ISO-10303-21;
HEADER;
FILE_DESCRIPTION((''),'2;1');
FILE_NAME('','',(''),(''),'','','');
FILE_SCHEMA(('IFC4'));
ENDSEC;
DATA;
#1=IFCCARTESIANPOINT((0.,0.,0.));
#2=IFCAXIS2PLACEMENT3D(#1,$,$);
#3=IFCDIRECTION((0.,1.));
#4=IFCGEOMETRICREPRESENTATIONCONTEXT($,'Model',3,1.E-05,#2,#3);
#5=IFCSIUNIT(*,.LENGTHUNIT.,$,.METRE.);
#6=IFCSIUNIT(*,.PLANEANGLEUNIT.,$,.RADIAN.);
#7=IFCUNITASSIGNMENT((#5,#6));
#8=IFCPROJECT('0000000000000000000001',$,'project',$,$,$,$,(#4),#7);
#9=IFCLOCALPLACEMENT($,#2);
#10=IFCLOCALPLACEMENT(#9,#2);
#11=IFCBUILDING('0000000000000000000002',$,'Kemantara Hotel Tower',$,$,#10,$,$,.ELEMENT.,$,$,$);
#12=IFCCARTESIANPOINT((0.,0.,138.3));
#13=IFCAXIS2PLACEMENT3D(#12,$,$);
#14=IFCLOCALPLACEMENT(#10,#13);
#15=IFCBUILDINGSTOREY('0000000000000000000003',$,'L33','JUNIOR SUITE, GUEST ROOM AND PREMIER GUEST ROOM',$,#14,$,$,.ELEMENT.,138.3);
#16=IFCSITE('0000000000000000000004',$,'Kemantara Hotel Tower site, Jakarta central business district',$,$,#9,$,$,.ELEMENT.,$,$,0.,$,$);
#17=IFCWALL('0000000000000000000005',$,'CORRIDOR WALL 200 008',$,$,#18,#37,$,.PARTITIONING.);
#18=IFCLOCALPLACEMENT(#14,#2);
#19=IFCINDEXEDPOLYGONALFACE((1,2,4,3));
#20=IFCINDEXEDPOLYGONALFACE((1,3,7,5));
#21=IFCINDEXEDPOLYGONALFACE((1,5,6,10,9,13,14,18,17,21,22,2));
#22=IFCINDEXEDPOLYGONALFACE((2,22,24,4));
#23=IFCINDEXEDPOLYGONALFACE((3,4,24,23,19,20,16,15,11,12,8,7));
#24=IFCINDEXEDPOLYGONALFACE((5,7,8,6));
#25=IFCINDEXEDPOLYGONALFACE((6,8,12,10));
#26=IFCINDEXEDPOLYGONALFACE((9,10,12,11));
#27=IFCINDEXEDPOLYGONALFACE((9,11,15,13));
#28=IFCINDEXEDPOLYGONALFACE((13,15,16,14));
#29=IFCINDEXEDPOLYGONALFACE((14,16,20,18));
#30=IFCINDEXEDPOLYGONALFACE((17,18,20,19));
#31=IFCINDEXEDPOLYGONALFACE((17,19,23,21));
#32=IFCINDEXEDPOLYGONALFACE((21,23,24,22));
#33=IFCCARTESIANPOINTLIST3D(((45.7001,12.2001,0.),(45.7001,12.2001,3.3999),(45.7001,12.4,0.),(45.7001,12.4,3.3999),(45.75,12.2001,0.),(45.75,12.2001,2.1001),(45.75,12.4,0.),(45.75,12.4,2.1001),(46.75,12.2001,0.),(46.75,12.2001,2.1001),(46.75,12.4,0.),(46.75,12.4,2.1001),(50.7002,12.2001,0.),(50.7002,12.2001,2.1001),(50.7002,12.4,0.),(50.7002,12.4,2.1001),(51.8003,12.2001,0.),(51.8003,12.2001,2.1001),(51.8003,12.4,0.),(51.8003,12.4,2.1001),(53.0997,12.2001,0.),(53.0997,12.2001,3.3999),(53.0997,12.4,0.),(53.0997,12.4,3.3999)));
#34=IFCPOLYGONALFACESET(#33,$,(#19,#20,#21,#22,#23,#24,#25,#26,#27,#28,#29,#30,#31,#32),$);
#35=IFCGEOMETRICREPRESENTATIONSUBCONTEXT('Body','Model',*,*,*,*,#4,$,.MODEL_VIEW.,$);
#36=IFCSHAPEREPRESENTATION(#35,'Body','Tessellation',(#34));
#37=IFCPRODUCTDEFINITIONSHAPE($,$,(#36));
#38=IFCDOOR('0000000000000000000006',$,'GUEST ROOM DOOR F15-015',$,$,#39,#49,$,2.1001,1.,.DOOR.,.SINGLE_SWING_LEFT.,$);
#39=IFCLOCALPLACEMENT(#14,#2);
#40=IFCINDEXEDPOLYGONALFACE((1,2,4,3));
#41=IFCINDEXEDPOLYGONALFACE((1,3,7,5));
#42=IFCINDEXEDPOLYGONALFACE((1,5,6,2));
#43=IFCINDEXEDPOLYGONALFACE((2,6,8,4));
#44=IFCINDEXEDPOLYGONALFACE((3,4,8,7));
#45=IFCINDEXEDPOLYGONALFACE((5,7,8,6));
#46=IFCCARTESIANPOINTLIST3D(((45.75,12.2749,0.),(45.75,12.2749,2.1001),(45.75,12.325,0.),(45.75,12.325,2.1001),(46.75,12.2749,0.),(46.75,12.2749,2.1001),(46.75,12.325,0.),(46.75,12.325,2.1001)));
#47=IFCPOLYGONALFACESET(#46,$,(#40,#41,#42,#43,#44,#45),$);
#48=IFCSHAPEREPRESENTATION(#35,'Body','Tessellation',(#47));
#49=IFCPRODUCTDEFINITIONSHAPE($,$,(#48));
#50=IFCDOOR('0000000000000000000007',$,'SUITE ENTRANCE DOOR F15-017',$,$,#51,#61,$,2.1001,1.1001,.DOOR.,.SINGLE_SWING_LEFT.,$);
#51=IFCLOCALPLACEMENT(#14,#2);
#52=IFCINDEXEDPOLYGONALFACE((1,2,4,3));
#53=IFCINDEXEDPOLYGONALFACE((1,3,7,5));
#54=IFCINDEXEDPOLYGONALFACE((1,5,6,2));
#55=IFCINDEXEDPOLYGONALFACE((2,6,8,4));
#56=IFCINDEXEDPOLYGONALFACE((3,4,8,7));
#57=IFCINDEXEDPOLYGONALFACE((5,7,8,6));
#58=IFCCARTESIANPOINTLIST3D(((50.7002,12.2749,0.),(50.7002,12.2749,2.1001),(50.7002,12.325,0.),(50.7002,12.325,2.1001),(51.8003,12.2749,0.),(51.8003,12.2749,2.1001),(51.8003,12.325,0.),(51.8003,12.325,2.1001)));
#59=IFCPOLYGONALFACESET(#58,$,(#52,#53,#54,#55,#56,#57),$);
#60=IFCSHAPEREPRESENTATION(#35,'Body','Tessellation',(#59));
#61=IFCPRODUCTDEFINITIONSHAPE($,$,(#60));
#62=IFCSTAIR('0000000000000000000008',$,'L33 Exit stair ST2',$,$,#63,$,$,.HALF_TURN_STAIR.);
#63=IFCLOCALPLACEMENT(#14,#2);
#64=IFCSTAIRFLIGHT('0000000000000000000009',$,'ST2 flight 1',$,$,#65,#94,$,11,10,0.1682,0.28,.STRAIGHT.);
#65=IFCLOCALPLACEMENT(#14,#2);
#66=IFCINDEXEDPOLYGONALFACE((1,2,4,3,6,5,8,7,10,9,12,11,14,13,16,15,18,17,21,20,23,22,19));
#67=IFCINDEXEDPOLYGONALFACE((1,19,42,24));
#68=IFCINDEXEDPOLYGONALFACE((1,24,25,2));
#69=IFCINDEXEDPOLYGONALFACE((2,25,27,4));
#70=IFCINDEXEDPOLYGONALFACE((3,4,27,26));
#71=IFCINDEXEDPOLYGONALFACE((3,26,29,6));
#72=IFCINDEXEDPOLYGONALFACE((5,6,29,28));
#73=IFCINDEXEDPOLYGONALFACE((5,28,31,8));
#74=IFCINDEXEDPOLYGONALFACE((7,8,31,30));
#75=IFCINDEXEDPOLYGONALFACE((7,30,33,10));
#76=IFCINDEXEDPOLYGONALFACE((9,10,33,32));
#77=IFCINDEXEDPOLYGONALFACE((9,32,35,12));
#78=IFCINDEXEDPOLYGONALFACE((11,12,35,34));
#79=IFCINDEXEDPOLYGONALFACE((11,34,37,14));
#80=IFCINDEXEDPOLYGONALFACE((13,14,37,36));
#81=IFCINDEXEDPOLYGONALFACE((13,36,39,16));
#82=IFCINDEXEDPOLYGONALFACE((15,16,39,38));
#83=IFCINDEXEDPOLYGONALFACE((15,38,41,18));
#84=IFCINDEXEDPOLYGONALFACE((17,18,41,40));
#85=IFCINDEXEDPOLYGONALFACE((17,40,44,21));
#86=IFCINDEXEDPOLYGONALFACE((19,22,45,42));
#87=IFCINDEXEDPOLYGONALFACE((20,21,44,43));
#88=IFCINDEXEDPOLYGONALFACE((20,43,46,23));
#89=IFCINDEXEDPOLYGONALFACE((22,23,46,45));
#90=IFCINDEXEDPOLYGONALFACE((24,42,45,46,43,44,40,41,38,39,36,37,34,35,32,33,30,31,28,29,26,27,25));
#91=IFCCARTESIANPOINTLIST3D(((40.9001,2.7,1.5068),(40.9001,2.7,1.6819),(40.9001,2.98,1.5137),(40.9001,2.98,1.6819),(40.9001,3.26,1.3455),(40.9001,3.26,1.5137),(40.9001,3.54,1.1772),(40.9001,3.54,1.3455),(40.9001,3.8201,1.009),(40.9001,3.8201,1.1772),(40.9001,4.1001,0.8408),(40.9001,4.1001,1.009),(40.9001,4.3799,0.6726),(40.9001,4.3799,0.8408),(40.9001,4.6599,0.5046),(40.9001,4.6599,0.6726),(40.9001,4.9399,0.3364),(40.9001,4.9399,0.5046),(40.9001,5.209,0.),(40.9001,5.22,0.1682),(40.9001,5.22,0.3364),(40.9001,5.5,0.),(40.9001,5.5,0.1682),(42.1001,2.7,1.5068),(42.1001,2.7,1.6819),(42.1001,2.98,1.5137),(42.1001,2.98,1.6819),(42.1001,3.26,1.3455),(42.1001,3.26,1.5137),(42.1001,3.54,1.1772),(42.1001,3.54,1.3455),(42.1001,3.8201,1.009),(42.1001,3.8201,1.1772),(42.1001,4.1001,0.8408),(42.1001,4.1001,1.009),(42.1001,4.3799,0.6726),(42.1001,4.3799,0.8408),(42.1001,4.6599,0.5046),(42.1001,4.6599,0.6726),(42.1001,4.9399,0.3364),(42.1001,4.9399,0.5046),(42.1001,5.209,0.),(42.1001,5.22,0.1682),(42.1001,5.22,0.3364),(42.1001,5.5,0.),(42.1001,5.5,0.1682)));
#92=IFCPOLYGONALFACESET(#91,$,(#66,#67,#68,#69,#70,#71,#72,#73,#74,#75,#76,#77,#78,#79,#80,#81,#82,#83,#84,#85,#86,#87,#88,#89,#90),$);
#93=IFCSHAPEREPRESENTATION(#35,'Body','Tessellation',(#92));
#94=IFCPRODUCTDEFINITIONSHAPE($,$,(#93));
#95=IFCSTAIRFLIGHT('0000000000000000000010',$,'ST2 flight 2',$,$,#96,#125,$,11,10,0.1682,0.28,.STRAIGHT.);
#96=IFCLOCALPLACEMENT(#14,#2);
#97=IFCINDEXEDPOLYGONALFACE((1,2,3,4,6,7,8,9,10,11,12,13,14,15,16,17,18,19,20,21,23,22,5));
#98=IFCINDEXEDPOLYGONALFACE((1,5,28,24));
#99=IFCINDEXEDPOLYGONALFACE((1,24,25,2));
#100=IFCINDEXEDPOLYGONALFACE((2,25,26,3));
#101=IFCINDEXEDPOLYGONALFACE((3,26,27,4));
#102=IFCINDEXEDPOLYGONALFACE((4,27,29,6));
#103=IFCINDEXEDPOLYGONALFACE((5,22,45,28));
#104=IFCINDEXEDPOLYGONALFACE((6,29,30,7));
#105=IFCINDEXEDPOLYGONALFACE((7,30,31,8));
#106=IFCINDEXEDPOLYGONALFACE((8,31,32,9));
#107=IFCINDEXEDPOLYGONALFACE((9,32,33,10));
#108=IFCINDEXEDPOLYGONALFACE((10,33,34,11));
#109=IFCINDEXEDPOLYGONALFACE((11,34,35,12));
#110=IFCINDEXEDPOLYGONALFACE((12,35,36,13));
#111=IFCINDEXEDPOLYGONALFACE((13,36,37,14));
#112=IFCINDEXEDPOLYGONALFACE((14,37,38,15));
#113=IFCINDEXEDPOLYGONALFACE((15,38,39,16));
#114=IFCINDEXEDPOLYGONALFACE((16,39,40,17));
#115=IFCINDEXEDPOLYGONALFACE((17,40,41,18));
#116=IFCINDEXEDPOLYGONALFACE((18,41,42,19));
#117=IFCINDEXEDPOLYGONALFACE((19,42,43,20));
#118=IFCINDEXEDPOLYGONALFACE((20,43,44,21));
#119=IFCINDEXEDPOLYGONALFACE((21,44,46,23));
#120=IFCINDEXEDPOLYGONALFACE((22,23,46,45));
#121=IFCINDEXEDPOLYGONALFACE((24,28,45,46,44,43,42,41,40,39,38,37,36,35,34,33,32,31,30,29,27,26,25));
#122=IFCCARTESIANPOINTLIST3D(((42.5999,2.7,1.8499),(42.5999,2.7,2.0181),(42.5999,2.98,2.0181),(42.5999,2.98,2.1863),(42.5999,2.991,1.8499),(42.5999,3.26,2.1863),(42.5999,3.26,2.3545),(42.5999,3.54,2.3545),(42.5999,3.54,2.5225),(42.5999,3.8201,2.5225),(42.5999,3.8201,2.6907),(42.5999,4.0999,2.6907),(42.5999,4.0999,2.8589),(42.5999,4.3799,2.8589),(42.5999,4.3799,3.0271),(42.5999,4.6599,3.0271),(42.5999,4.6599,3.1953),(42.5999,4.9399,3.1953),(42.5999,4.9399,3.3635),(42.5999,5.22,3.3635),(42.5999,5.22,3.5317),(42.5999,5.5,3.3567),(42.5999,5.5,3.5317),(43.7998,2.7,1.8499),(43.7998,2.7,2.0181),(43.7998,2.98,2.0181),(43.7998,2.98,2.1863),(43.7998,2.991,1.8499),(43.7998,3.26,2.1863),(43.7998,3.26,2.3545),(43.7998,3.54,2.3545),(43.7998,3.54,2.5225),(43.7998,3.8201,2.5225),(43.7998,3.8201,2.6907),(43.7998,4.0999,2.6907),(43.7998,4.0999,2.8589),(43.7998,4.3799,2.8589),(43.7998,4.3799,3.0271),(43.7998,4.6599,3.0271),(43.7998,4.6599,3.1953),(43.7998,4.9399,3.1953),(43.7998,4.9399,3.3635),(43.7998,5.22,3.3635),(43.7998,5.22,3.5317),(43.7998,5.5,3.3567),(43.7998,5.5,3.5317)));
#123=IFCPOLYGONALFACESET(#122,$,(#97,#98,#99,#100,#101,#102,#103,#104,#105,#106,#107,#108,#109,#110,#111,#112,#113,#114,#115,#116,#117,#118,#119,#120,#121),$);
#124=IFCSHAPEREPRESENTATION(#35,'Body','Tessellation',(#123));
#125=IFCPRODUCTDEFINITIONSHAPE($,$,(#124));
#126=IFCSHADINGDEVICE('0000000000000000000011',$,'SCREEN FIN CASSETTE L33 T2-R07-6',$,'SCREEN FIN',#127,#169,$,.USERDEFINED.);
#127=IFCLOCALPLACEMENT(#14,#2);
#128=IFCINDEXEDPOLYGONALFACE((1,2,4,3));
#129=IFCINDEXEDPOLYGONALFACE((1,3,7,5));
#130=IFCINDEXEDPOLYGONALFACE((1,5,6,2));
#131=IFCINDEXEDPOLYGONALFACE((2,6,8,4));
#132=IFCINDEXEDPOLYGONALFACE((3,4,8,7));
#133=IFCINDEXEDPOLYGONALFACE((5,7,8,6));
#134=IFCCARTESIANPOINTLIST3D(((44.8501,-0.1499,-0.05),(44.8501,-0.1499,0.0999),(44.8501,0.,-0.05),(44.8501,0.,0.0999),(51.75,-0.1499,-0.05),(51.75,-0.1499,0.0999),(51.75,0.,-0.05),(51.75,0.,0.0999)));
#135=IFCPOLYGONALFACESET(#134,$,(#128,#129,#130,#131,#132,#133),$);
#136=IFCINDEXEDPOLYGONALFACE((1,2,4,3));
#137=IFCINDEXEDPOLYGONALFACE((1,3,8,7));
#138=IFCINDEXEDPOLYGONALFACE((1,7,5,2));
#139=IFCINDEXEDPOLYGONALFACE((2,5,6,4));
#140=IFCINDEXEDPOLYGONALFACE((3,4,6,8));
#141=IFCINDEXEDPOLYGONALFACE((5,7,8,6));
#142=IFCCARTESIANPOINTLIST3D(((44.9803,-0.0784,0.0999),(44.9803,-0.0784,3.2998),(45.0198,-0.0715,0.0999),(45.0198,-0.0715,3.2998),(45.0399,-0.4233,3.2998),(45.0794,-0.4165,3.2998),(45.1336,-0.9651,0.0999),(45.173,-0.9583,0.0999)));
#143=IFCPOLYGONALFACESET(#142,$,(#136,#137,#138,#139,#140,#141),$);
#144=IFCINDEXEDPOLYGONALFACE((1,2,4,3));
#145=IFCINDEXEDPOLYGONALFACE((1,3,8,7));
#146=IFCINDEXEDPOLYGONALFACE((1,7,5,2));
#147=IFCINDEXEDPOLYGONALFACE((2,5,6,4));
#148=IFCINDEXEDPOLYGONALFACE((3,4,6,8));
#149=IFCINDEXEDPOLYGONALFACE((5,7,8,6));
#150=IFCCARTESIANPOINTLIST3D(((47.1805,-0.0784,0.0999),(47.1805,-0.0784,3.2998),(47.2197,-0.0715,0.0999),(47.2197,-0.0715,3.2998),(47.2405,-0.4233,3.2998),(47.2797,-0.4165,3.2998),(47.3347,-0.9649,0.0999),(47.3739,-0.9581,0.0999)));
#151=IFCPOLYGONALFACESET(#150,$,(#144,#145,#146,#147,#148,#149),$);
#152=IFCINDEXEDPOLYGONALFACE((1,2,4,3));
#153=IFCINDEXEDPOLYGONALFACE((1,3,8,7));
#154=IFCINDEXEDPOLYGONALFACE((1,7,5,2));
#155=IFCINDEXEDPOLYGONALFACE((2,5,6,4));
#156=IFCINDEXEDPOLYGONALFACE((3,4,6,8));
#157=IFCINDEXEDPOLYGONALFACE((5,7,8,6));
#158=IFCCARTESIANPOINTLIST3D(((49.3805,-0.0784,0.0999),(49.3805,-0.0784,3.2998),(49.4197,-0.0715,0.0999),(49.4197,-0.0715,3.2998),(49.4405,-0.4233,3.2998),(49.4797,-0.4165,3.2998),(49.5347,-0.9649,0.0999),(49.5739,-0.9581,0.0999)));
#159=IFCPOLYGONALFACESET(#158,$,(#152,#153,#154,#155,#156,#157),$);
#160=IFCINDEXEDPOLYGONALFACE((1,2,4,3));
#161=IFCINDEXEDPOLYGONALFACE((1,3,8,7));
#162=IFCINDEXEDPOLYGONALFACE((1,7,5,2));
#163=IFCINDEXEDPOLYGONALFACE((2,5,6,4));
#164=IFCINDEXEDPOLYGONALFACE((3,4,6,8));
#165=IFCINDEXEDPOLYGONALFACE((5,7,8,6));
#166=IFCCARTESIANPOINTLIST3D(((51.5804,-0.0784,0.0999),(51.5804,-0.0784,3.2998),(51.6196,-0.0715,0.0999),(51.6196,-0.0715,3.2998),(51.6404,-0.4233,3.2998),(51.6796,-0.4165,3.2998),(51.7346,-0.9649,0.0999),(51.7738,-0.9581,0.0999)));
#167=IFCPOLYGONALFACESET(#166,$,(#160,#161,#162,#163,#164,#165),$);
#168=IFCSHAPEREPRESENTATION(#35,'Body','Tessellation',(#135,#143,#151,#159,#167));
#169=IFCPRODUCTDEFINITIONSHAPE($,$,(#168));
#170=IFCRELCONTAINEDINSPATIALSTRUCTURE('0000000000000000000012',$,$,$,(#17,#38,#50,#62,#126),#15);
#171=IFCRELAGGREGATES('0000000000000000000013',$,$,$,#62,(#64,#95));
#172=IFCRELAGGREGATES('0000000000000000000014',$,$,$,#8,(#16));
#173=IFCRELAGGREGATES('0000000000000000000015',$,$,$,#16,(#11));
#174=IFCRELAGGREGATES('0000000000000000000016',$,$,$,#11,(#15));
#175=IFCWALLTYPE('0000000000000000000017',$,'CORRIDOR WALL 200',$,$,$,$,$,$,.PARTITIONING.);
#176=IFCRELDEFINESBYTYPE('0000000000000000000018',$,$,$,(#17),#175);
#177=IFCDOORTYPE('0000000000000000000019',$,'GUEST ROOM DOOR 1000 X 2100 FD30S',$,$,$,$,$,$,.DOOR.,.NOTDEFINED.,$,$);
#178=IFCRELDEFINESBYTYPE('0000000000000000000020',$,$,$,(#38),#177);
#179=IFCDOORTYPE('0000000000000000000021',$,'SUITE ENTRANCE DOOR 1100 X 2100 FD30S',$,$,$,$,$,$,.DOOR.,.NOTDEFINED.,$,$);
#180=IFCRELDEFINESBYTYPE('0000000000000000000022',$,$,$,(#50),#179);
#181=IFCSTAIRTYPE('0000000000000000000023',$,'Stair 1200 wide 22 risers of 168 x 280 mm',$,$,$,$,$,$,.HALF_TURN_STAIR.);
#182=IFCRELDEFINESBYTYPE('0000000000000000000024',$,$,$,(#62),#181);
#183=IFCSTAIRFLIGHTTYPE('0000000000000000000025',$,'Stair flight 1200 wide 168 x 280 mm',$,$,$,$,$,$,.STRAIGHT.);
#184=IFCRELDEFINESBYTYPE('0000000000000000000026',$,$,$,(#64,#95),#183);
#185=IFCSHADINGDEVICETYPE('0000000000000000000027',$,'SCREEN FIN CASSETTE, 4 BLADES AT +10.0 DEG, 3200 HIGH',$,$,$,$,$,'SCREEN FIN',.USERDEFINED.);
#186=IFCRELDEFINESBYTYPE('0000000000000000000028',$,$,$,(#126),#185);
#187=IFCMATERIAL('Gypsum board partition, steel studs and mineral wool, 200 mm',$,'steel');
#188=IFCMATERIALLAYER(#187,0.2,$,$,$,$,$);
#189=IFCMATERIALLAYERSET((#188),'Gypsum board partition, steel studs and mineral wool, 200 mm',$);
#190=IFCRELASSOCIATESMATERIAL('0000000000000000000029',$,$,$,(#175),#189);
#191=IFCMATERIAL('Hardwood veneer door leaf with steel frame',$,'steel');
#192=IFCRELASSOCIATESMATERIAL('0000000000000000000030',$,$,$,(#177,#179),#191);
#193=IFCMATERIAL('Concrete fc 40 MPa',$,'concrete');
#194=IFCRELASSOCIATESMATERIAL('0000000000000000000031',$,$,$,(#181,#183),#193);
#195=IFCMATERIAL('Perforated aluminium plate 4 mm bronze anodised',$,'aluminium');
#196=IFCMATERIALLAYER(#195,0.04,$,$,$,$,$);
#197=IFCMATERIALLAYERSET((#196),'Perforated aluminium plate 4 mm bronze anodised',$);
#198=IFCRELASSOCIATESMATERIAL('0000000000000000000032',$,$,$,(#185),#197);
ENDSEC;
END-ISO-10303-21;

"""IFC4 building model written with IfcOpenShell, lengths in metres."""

from ifc_helpers import new_model, si_unit, direction, frame, frame_2d, origin, origin_2d, place, context, subcontext, project, spatial, polyline, rectangle, outline, extrude, source, transform, mapped, material, layer, layer_set, type_object, element, fill, aggregate, save


model = new_model("IFC4")

# Units and contexts
model_context = context("Model", 3, precision=1e-05, world=origin(), true_north=direction((0.0, 1.0)))
body_context = subcontext(model_context, "Body", "Model", "MODEL_VIEW")
ifc_project = project(units=[si_unit("LENGTHUNIT", "METRE"), si_unit("PLANEANGLEUNIT", "RADIAN")], contexts=[model_context])

# Site, building, storey
site_placement = place(None, origin())
site = spatial("IfcSite", under=ifc_project, at=site_placement, Name="Kemantara Hotel Tower site, Jakarta central business district", CompositionType="ELEMENT", RefElevation=0.0)
building_placement = place(site_placement, origin())
building = spatial("IfcBuilding", under=site, at=building_placement, Name="Kemantara Hotel Tower", CompositionType="ELEMENT")
storey_placement = place(building_placement, frame((0.0, 0.0, 138.3)))
storey = spatial("IfcBuildingStorey", under=building, at=storey_placement, Name="L33", Description="JUNIOR SUITE, GUEST ROOM AND PREMIER GUEST ROOM", CompositionType="ELEMENT", Elevation=138.3)

# Wall, openings, doors
ifc_material_1 = material(Name="Gypsum board partition, steel studs and mineral wool, 200 mm", Category="steel")
ifc_layer_1 = layer(ifc_material_1, 0.2)
ifc_layer_set_1 = layer_set([ifc_layer_1], Name="Gypsum board partition, steel studs and mineral wool, 200 mm")
wall_type_1 = type_object("IfcWallType", Name="CORRIDOR WALL 200", PredefinedType="PARTITIONING", material=ifc_layer_set_1)
wall_1_placement = place(storey_placement, frame((45.7002, 12.3, 0.0), z_axis=(0.0, 0.0, 1.0), x_axis=(1.0, 0.0, 0.0)))
wall_1 = element("IfcWall", 1, at=wall_1_placement, inside=storey, type_object=wall_type_1, Name="CORRIDOR WALL 200 008", PredefinedType="PARTITIONING", context=body_context, shape_type="SweptSolid", body=[
    extrude(rectangle(XDim=7.3997, YDim=0.2, at=frame_2d((3.6997, 0.0))), origin(), (0.0, 0.0, 1.0), 3.3999),
])
opening_1_placement = place(wall_1_placement, frame((0.0498, 0.0, 0.0)))
opening_1 = element("IfcOpeningElement", 2, at=opening_1_placement, cuts=wall_1, PredefinedType="OPENING", context=body_context, shape_type="SweptSolid", body=[
    extrude(rectangle(XDim=1.0, YDim=2.1001, at=frame_2d((0.5, 1.05))), frame((0.0, 0.1099, 0.0), z_axis=(0.0, -1.0, 0.0), x_axis=(1.0, 0.0, 0.0)), (0.0, 0.0, 1.0), 0.22),
])
opening_2_placement = place(wall_1_placement, frame((5.0, 0.0, 0.0)))
opening_2 = element("IfcOpeningElement", 3, at=opening_2_placement, cuts=wall_1, PredefinedType="OPENING", context=body_context, shape_type="SweptSolid", body=[
    extrude(rectangle(XDim=1.1001, YDim=2.1001, at=frame_2d((0.55, 1.05))), frame((0.0, 0.1099, 0.0), z_axis=(0.0, -1.0, 0.0), x_axis=(1.0, 0.0, 0.0)), (0.0, 0.0, 1.0), 0.22),
])
ifc_material_2 = material(Name="Hardwood veneer door leaf with steel frame", Category="steel")
door_type_1 = type_object("IfcDoorType", Name="GUEST ROOM DOOR 1000 X 2100 FD30S", OperationType="NOTDEFINED", PredefinedType="DOOR", material=ifc_material_2)
door_1_placement = place(opening_1_placement, origin())
door_1 = element("IfcDoor", 4, at=door_1_placement, inside=storey, type_object=door_type_1, Name="GUEST ROOM DOOR F15-015", OperationType="SINGLE_SWING_LEFT", OverallHeight=2.1001, OverallWidth=1.0, PredefinedType="DOOR", context=body_context, shape_type="SweptSolid", body=[
    extrude(rectangle(XDim=1.0, YDim=2.1001, at=frame_2d((0.5, 1.05))), frame((0.0, 0.0249, 0.0), z_axis=(0.0, -1.0, 0.0), x_axis=(1.0, 0.0, 0.0)), (0.0, 0.0, 1.0), 0.05),
])
fill(opening_1, door_1)
door_type_2 = type_object("IfcDoorType", Name="SUITE ENTRANCE DOOR 1100 X 2100 FD30S", OperationType="NOTDEFINED", PredefinedType="DOOR", material=ifc_material_2)
door_2_placement = place(opening_2_placement, origin())
door_2 = element("IfcDoor", 5, at=door_2_placement, inside=storey, type_object=door_type_2, Name="SUITE ENTRANCE DOOR F15-017", OperationType="SINGLE_SWING_LEFT", OverallHeight=2.1001, OverallWidth=1.1001, PredefinedType="DOOR", context=body_context, shape_type="SweptSolid", body=[
    extrude(rectangle(XDim=1.1001, YDim=2.1001, at=frame_2d((0.55, 1.05))), frame((0.0, 0.0249, 0.0), z_axis=(0.0, -1.0, 0.0), x_axis=(1.0, 0.0, 0.0)), (0.0, 0.0, 1.0), 0.05),
])
fill(opening_2, door_2)

# Stair, stair flights
ifc_material_3 = material(Name="Concrete fc 40 MPa", Category="concrete")
stair_type = type_object("IfcStairType", Name="Stair 1200 wide 22 risers of 168 x 280 mm", PredefinedType="HALF_TURN_STAIR", material=ifc_material_3)
stair_placement = place(storey_placement, origin())
stair = element("IfcStair", 6, at=stair_placement, inside=storey, type_object=stair_type, Name="L33 Exit stair ST2", PredefinedType="HALF_TURN_STAIR")
stair_flight_type = type_object("IfcStairFlightType", Name="Stair flight 1200 wide 168 x 280 mm", PredefinedType="STRAIGHT", material=ifc_material_3)
stair_flight_1_placement = place(storey_placement, frame((41.5, 5.5, 0.0), z_axis=(0.0, 0.0, 1.0), x_axis=(0.0, -1.0, 0.0)))
stair_flight_1 = element("IfcStairFlight", 7, at=stair_flight_1_placement, type_object=stair_flight_type, Name="ST2 flight 1", NumberOfRisers=11, NumberOfTreads=10, PredefinedType="STRAIGHT", RiserHeight=0.1682, TreadLength=0.28, context=body_context, shape_type="SweptSolid", body=[
    extrude(outline(polyline([(0.0, 0.0), (0.0, 0.1682), (0.28, 0.1682), (0.28, 0.3364), (0.5601, 0.3364), (0.5601, 0.5046), (0.8401, 0.5046), (0.8401, 0.6726), (1.1201, 0.6726), (1.1201, 0.8408), (1.3999, 0.8408), (1.3999, 1.009), (1.6799, 1.009), (1.6799, 1.1772), (1.96, 1.1772), (1.96, 1.3455), (2.24, 1.3455), (2.24, 1.5137), (2.52, 1.5137), (2.52, 1.6819), (2.8, 1.6819), (2.8, 1.8501), (2.8, 1.5068), (0.291, 0.0), (0.0, 0.0)])), frame((0.0, 0.6001, 0.0), z_axis=(0.0, -1.0, 0.0), x_axis=(1.0, 0.0, 0.0)), (0.0, 0.0, 1.0), 1.2),
])
stair_flight_2_placement = place(storey_placement, frame((43.2, 2.7, 1.8499), z_axis=(0.0, 0.0, 1.0), x_axis=(0.0, 1.0, 0.0)))
stair_flight_2 = element("IfcStairFlight", 8, at=stair_flight_2_placement, type_object=stair_flight_type, Name="ST2 flight 2", NumberOfRisers=11, NumberOfTreads=10, PredefinedType="STRAIGHT", RiserHeight=0.1682, TreadLength=0.28, context=body_context, shape_type="SweptSolid", body=[
    extrude(outline(polyline([(0.0, 0.0), (0.0, 0.1682), (0.28, 0.1682), (0.28, 0.3364), (0.5601, 0.3364), (0.5601, 0.5046), (0.8401, 0.5046), (0.8401, 0.6726), (1.1201, 0.6726), (1.1201, 0.8408), (1.3999, 0.8408), (1.3999, 1.009), (1.6799, 1.009), (1.6799, 1.1772), (1.96, 1.1772), (1.96, 1.3455), (2.24, 1.3455), (2.24, 1.5137), (2.52, 1.5137), (2.52, 1.6819), (2.8, 1.6819), (2.8, 1.8501), (2.8, 1.5068), (0.291, 0.0), (0.0, 0.0)])), frame((0.0, 0.6001, 0.0), z_axis=(0.0, -1.0, 0.0), x_axis=(1.0, 0.0, 0.0)), (0.0, 0.0, 1.0), 1.2),
])
aggregate(stair, [stair_flight_1, stair_flight_2])

# Shading device
ifc_material_4 = material(Name="Perforated aluminium plate 4 mm bronze anodised", Category="aluminium")
ifc_layer_2 = layer(ifc_material_4, 0.04)
ifc_layer_set_2 = layer_set([ifc_layer_2], Name="Perforated aluminium plate 4 mm bronze anodised")
shading_device_type = type_object("IfcShadingDeviceType", Name="SCREEN FIN CASSETTE, 4 BLADES AT +10.0 DEG, 3200 HIGH", ElementType="SCREEN FIN", PredefinedType="USERDEFINED", material=ifc_layer_set_2)
shared_shape = source(origin(), body_context, "Body", "SweptSolid", [
    extrude(rectangle(XDim=6.8999, YDim=0.1499, at=origin_2d()), frame((3.3, -0.075, -0.1499), z_axis=(0.0, 0.0, 1.0), x_axis=(1.0, 0.0, 0.0)), (0.0, 0.0, 1.0), 0.1499),
    extrude(outline(polyline([(0.0, 0.0), (0.8999, 0.0), (0.3501, 3.2), (0.0, 3.2), (0.0, 0.0)])), frame((0.0198, -0.0715, 0.0), z_axis=(-0.98539, -0.170314, 0.0), x_axis=(0.170314, -0.98539, 0.0)), (0.0, 0.0, 1.0), 0.04),
    extrude(outline(polyline([(0.0, 0.0), (0.8999, 0.0), (0.3501, 3.2), (0.0, 3.2), (0.0, 0.0)])), frame((2.2197, -0.0715, 0.0), z_axis=(-0.985212, -0.171341, 0.0), x_axis=(0.171341, -0.985212, 0.0)), (0.0, 0.0, 1.0), 0.0398),
    extrude(outline(polyline([(0.0, 0.0), (0.8999, 0.0), (0.3501, 3.2), (0.0, 3.2), (0.0, 0.0)])), frame((4.4197, -0.0715, 0.0), z_axis=(-0.985212, -0.171341, 0.0), x_axis=(0.171341, -0.985212, 0.0)), (0.0, 0.0, 1.0), 0.0398),
    extrude(outline(polyline([(0.0, 0.0), (0.8999, 0.0), (0.3501, 3.2), (0.0, 3.2), (0.0, 0.0)])), frame((6.6196, -0.0715, 0.0), z_axis=(-0.985212, -0.171341, 0.0), x_axis=(0.171341, -0.985212, 0.0)), (0.0, 0.0, 1.0), 0.0398),
])
shading_device_placement = place(storey_placement, frame((45.0, 0.0, 0.0999), z_axis=(0.0, 0.0, 1.0), x_axis=(1.0, 0.0, 0.0)))
element("IfcShadingDevice", 9, at=shading_device_placement, inside=storey, type_object=shading_device_type, Name="SCREEN FIN CASSETTE L33 T2-R07-6", ObjectType="SCREEN FIN", PredefinedType="USERDEFINED", context=body_context, shape_type="MappedRepresentation", body=[
    mapped(shared_shape, transform((0.0, 0.0, 0.0))),
])

save(model, "model.ifc")
